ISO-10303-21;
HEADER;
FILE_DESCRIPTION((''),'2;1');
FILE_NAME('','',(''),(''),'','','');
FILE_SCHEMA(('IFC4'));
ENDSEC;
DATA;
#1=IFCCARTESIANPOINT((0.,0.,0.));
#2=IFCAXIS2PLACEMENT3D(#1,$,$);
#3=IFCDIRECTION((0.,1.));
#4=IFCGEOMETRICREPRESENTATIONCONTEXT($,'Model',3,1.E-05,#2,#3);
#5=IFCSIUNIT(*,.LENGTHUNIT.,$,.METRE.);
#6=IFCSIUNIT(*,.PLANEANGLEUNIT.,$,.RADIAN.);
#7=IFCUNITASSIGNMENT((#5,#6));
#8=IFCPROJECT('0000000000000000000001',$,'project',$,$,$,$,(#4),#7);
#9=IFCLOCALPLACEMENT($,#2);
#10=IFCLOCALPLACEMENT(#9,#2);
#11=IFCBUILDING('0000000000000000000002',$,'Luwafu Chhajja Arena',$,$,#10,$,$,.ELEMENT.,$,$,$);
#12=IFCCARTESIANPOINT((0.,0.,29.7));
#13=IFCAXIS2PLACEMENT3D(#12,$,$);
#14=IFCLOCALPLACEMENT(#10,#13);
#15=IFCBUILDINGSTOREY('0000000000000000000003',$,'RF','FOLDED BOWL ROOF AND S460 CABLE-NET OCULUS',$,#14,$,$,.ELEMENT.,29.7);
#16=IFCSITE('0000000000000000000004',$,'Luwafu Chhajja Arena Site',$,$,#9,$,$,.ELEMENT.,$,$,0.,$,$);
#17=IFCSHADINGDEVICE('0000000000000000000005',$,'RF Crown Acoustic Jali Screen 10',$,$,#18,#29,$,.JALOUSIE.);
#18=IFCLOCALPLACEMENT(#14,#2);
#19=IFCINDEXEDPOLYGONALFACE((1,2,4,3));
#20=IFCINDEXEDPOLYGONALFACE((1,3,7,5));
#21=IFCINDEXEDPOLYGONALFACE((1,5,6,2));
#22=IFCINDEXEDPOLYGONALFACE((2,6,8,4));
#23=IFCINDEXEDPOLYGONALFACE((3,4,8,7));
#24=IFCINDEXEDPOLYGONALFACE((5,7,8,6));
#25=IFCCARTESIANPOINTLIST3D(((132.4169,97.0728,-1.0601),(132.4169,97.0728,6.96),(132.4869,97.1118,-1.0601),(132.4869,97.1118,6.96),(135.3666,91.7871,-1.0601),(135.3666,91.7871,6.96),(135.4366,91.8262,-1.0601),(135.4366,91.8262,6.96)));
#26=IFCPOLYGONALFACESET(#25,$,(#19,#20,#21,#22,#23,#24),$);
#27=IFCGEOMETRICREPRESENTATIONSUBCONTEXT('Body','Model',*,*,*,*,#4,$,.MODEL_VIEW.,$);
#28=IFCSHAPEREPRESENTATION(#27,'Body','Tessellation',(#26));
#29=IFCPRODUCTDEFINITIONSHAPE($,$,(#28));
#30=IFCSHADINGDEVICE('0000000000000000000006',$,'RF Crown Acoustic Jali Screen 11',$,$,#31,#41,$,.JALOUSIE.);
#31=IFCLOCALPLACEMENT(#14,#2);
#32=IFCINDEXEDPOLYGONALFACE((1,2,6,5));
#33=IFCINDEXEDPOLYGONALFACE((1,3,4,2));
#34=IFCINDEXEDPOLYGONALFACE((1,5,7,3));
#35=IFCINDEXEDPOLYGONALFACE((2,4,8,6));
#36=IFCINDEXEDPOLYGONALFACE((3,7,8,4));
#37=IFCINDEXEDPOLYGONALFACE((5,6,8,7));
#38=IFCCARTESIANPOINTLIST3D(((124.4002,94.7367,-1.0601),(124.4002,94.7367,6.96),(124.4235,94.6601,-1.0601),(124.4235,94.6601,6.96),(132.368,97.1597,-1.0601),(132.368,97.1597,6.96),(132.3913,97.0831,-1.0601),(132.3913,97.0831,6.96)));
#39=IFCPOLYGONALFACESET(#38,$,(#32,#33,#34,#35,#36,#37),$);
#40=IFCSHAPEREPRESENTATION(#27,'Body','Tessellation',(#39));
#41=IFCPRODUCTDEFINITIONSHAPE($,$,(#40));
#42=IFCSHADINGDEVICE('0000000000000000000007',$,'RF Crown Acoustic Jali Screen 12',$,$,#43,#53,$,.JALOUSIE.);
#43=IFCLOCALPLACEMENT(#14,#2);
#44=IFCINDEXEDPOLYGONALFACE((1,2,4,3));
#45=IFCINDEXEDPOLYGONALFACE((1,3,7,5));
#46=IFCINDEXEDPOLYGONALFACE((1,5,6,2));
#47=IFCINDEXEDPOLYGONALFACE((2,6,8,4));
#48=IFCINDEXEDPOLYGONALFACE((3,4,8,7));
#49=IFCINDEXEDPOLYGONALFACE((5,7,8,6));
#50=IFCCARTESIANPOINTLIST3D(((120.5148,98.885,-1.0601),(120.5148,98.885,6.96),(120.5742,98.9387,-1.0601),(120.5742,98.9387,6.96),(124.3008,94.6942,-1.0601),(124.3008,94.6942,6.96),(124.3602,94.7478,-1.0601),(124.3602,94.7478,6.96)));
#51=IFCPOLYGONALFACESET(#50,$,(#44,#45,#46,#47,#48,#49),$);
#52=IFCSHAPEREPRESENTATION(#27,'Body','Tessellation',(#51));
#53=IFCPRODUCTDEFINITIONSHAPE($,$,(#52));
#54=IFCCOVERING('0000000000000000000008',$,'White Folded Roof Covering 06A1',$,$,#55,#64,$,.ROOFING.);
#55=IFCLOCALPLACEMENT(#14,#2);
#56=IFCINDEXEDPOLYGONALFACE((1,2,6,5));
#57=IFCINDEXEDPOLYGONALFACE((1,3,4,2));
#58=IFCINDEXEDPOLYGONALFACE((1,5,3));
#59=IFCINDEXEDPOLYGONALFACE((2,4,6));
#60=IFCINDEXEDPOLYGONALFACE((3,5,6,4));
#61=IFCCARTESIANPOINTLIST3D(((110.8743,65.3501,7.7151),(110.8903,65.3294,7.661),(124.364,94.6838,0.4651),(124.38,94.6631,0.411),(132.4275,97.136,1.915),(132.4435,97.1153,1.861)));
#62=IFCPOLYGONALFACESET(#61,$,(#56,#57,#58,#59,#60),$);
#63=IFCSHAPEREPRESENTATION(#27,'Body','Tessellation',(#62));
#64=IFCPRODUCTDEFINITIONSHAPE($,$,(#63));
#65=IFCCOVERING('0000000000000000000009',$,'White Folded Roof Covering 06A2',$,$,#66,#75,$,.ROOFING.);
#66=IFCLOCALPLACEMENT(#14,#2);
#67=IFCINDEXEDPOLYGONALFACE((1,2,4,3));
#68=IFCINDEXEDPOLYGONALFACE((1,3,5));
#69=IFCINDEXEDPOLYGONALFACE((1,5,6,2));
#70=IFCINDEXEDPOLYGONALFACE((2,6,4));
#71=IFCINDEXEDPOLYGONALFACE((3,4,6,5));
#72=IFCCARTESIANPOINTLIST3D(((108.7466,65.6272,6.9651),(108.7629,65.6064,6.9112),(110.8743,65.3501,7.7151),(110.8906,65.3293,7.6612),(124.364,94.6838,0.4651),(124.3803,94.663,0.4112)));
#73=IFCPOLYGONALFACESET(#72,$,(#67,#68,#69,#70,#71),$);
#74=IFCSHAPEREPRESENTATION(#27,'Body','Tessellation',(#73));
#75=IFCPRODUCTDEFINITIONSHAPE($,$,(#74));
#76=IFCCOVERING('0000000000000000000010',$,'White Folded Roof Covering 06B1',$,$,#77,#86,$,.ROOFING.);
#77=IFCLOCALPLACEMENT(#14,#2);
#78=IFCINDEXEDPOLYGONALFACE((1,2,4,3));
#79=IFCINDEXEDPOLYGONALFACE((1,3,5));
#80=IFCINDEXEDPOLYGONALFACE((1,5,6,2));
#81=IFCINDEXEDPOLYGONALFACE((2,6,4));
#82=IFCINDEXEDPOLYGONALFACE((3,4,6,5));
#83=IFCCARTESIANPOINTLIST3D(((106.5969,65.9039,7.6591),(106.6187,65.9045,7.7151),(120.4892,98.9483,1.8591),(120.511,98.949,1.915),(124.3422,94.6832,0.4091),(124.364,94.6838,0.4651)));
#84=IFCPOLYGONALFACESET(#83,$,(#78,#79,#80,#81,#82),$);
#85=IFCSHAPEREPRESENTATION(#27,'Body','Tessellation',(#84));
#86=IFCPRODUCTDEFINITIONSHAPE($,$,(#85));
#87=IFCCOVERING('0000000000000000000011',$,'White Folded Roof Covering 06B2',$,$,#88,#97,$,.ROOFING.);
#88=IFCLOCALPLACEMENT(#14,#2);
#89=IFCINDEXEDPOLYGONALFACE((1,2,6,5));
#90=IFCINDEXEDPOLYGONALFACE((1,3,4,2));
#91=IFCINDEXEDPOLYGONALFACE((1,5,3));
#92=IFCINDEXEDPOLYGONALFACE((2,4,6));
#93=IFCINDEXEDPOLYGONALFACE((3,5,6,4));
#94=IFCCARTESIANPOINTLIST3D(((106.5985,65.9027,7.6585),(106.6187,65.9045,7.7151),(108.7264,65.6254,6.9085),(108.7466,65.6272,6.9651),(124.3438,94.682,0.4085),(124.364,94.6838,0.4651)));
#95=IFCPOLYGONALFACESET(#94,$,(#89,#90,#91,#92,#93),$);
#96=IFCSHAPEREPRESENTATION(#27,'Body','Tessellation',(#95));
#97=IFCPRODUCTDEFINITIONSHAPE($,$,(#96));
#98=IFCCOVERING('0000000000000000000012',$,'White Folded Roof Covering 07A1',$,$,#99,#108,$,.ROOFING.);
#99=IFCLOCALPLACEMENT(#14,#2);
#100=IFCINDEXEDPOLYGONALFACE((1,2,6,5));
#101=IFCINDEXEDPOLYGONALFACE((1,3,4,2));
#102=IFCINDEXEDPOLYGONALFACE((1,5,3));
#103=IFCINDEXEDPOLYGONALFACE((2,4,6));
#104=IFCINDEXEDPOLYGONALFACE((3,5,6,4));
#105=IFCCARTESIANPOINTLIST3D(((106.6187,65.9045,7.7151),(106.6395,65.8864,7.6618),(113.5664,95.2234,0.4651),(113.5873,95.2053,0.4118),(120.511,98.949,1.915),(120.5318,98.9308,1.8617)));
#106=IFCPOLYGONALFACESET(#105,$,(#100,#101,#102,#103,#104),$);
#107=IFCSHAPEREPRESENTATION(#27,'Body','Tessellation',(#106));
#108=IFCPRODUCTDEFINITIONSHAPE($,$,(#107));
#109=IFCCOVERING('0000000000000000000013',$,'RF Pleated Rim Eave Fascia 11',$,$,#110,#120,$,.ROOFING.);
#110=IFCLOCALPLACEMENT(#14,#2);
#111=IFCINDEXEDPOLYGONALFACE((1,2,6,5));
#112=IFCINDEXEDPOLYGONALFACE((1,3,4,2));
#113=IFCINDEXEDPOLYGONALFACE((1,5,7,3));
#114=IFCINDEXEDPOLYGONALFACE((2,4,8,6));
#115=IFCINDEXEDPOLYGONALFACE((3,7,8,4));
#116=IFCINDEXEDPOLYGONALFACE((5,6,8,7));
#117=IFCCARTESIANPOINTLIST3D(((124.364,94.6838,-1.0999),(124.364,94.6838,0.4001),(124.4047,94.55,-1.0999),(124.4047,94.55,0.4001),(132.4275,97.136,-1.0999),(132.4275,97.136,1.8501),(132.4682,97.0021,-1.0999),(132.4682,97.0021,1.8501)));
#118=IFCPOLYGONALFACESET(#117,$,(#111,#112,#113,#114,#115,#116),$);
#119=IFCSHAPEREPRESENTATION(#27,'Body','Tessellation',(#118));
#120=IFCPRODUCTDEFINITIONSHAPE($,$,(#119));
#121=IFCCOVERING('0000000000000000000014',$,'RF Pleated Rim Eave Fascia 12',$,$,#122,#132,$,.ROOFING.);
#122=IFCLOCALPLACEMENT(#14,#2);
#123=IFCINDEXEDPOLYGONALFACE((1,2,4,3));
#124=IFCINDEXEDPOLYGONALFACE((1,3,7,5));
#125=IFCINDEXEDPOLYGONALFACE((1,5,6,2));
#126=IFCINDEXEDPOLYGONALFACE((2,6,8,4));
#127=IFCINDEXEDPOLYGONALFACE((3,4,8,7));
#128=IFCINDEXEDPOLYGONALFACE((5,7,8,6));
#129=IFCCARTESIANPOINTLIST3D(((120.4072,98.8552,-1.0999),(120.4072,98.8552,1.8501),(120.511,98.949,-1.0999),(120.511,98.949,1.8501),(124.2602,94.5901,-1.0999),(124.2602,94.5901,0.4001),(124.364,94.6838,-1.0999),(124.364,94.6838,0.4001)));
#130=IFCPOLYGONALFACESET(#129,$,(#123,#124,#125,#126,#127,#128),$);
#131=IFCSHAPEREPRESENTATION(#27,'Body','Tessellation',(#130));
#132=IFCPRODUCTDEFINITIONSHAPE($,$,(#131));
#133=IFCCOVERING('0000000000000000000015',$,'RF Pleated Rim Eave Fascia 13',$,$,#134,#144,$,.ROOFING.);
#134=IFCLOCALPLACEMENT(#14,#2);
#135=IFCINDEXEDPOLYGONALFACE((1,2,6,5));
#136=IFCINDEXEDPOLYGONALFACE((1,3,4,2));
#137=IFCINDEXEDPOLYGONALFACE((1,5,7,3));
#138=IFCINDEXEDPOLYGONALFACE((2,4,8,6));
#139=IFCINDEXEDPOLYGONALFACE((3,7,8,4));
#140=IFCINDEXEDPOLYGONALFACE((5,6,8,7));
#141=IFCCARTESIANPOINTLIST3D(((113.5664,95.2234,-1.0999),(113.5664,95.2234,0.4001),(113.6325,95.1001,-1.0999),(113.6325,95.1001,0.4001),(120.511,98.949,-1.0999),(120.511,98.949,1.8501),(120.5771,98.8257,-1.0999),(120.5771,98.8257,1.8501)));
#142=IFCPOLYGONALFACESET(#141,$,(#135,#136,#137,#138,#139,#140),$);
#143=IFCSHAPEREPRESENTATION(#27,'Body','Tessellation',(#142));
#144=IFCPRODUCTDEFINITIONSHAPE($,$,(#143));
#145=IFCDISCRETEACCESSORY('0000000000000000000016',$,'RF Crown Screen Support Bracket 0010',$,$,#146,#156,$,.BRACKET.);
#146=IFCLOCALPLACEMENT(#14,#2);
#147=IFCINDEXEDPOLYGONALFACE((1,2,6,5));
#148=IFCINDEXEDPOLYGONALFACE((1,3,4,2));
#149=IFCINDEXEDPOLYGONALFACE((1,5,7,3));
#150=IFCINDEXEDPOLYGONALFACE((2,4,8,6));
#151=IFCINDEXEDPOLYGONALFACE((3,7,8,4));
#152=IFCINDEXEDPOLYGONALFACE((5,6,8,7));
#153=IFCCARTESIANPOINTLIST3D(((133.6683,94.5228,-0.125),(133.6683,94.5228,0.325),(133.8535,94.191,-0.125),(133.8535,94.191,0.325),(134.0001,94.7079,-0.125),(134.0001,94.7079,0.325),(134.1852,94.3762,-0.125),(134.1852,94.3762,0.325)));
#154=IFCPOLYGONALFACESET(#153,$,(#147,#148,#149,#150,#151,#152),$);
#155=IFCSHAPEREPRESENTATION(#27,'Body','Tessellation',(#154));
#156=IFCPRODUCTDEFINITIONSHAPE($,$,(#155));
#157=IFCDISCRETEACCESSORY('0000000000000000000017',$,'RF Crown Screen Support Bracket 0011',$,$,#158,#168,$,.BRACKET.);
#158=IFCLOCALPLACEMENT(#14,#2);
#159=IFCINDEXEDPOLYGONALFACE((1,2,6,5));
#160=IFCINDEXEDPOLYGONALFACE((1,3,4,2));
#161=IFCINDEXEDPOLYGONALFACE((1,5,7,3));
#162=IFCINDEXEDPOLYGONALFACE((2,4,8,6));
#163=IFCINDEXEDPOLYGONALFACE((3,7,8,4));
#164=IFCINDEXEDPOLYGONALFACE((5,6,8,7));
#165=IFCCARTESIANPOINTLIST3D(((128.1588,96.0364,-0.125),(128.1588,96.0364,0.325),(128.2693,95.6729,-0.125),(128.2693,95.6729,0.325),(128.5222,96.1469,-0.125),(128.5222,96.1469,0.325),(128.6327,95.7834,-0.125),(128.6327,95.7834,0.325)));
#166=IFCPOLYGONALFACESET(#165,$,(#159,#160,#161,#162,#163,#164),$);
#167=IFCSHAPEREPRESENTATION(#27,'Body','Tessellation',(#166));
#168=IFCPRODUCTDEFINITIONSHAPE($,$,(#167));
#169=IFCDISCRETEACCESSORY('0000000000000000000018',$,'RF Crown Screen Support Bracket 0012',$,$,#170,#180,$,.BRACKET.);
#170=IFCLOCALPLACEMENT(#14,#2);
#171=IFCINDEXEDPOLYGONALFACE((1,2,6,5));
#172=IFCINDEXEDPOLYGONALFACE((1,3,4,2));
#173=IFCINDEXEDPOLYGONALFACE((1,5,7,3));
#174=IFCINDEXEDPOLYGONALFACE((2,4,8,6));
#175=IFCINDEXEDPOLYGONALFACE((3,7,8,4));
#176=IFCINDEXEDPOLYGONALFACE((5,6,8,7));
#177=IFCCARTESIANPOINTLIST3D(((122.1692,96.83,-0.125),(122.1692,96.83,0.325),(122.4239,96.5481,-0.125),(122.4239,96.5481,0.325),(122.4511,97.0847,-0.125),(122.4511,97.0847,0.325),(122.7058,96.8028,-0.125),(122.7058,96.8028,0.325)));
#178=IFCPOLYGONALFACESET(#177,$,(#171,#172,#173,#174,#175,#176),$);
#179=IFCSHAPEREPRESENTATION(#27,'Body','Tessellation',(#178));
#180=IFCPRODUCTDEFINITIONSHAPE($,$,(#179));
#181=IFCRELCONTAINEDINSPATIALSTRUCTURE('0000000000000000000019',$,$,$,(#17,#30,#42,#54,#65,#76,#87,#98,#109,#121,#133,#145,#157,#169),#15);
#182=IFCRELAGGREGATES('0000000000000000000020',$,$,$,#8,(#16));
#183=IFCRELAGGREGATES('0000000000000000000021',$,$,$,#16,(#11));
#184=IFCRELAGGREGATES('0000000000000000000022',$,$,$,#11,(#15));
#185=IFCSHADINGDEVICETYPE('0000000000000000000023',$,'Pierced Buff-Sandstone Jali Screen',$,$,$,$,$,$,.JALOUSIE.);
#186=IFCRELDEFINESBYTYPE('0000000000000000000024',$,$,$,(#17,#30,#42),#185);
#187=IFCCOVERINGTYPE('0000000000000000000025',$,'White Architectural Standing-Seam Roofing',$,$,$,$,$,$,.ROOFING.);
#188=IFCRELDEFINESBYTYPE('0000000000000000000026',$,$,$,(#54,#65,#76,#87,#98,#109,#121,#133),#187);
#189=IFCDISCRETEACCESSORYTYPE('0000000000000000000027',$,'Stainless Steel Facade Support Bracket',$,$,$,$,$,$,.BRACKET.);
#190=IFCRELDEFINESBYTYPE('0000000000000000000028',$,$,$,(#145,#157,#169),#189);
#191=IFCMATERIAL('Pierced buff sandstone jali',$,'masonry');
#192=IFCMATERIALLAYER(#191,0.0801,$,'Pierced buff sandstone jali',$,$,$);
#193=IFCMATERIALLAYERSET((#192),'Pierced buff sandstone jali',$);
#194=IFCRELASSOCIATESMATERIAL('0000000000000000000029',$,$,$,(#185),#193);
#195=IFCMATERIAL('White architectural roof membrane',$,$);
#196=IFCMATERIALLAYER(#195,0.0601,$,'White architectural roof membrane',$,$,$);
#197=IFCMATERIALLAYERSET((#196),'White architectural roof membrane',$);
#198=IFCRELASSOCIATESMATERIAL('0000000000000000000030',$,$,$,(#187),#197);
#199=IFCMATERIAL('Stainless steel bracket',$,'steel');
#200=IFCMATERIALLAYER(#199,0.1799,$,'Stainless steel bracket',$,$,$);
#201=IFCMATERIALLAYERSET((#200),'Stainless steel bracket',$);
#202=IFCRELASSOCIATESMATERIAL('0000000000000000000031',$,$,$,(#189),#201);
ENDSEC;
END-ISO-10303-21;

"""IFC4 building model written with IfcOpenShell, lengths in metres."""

from ifc_helpers import new_model, si_unit, direction, frame, origin, origin_2d, place, context, subcontext, project, spatial, polyline, rectangle, outline, extrude, material, layer, layer_set, type_object, element, save


model = new_model("IFC4")

# Units and contexts
model_context = context("Model", 3, precision=1e-05, world=origin(), true_north=direction((0.0, 1.0)))
body_context = subcontext(model_context, "Body", "Model", "MODEL_VIEW")
ifc_project = project(units=[si_unit("LENGTHUNIT", "METRE"), si_unit("PLANEANGLEUNIT", "RADIAN")], contexts=[model_context])

# Site, building, storey
site_placement = place(None, origin())
site = spatial("IfcSite", under=ifc_project, at=site_placement, Name="Luwafu Chhajja Arena Site", CompositionType="ELEMENT", RefElevation=0.0)
building_placement = place(site_placement, origin())
building = spatial("IfcBuilding", under=site, at=building_placement, Name="Luwafu Chhajja Arena", CompositionType="ELEMENT")
storey_placement = place(building_placement, frame((0.0, 0.0, 29.7)))
storey = spatial("IfcBuildingStorey", under=building, at=storey_placement, Name="RF", Description="FOLDED BOWL ROOF AND S460 CABLE-NET OCULUS", CompositionType="ELEMENT", Elevation=29.7)

# Shading devices
ifc_material_1 = material(Name="Pierced buff sandstone jali", Category="masonry")
ifc_layer_1 = layer(ifc_material_1, 0.0801, Name="Pierced buff sandstone jali")
ifc_layer_set_1 = layer_set([ifc_layer_1], Name="Pierced buff sandstone jali")
shading_device_type = type_object("IfcShadingDeviceType", Name="Pierced Buff-Sandstone Jali Screen", PredefinedType="JALOUSIE", material=ifc_layer_set_1)
shading_device_1_placement = place(storey_placement, frame((133.9268, 94.4495, -1.0601), z_axis=(0.0, 0.0, 1.0), x_axis=(-0.487313, 0.873227, 0.0)))
element("IfcShadingDevice", 1, at=shading_device_1_placement, inside=storey, type_object=shading_device_type, Name="RF Crown Acoustic Jali Screen 10", PredefinedType="JALOUSIE", context=body_context, shape_type="SweptSolid", body=[
    extrude(rectangle(XDim=6.053, YDim=0.0801, at=origin_2d()), origin(), (0.0, 0.0, 1.0), 8.02),
])
shading_device_2_placement = place(storey_placement, frame((128.3958, 95.9099, -1.0601), z_axis=(0.0, 0.0, 1.0), x_axis=(-0.95674, -0.290943, 0.0)))
element("IfcShadingDevice", 2, at=shading_device_2_placement, inside=storey, type_object=shading_device_type, Name="RF Crown Acoustic Jali Screen 11", PredefinedType="JALOUSIE", context=body_context, shape_type="SweptSolid", body=[
    extrude(rectangle(XDim=8.3281, YDim=0.0801, at=origin_2d()), origin(), (0.0, 0.0, 1.0), 8.02),
])
shading_device_3_placement = place(storey_placement, frame((122.4375, 96.8164, -1.0601), z_axis=(0.0, 0.0, 1.0), x_axis=(-0.670358, 0.742038, 0.0)))
element("IfcShadingDevice", 3, at=shading_device_3_placement, inside=storey, type_object=shading_device_type, Name="RF Crown Acoustic Jali Screen 12", PredefinedType="JALOUSIE", context=body_context, shape_type="SweptSolid", body=[
    extrude(rectangle(XDim=5.6477, YDim=0.0801, at=origin_2d()), origin(), (0.0, 0.0, 1.0), 8.02),
])

# Coverings
ifc_material_2 = material(Name="White architectural roof membrane")
ifc_layer_2 = layer(ifc_material_2, 0.0601, Name="White architectural roof membrane")
ifc_layer_set_2 = layer_set([ifc_layer_2], Name="White architectural roof membrane")
covering_type = type_object("IfcCoveringType", Name="White Architectural Standing-Seam Roofing", PredefinedType="ROOFING", material=ifc_layer_set_2)
covering_1_placement = place(storey_placement, frame((132.4275, 97.136, 1.915), z_axis=(-0.266752, 0.345079, 0.899869), x_axis=(-0.942887, -0.286737, -0.169547)))
element("IfcCovering", 4, at=covering_1_placement, inside=storey, type_object=covering_type, Name="White Folded Roof Covering 06A1", PredefinedType="ROOFING", context=body_context, shape_type="SweptSolid", body=[
    extrude(outline(polyline([(0.0, 0.0), (8.5519, 0.0), (28.4531, 26.4376), (0.0, 0.0)])), origin(), (0.0, 0.0, -1.0), 0.0601),
])
covering_2_placement = place(storey_placement, frame((124.364, 94.6838, 0.4651), z_axis=(-0.271344, 0.346697, 0.897872), x_axis=(-0.4645, -0.864214, 0.193325)))
element("IfcCovering", 5, at=covering_2_placement, inside=storey, type_object=covering_type, Name="White Folded Roof Covering 06A2", PredefinedType="ROOFING", context=body_context, shape_type="SweptSolid", body=[
    extrude(outline(polyline([(0.0, 0.0), (33.6221, 0.0), (33.0182, 2.1913), (0.0, 0.0)])), origin(), (0.0, 0.0, -1.0), 0.0601),
])
covering_3_placement = place(storey_placement, frame((124.364, 94.6838, 0.4651), z_axis=(0.362833, 0.01101, 0.931789), x_axis=(-0.649986, 0.719507, 0.244599)))
element("IfcCovering", 6, at=covering_3_placement, inside=storey, type_object=covering_type, Name="White Folded Roof Covering 06B1", PredefinedType="ROOFING", context=body_context, shape_type="SweptSolid", body=[
    extrude(outline(polyline([(0.0, 0.0), (5.9279, 0.0), (-7.3993, 33.7781), (0.0, 0.0)])), origin(), (0.0, 0.0, -1.0), 0.0601),
])
covering_4_placement = place(storey_placement, frame((124.364, 94.6838, 0.4651), z_axis=(0.335754, 0.030145, 0.941467), x_axis=(-0.513183, -0.832276, 0.209665)))
element("IfcCovering", 7, at=covering_4_placement, inside=storey, type_object=covering_type, Name="White Folded Roof Covering 06B2", PredefinedType="ROOFING", context=body_context, shape_type="SweptSolid", body=[
    extrude(outline(polyline([(0.0, 0.0), (34.579, 0.0), (33.5606, 2.0323), (0.0, 0.0)])), origin(), (0.0, 0.0, -1.0), 0.0601),
])
covering_5_placement = place(storey_placement, frame((120.511, 98.949, 1.915), z_axis=(-0.347306, 0.301849, 0.887843), x_axis=(-0.866655, -0.464938, -0.180948)))
element("IfcCovering", 8, at=covering_5_placement, inside=storey, type_object=covering_type, Name="White Folded Roof Covering 07A1", PredefinedType="ROOFING", context=body_context, shape_type="SweptSolid", body=[
    extrude(outline(polyline([(0.0, 0.0), (8.0131, 0.0), (26.354, 24.9808), (0.0, 0.0)])), origin(), (0.0, 0.0, -1.0), 0.0601),
])
covering_6_placement = place(storey_placement, frame((132.4275, 97.136, -1.0999), z_axis=(-0.29095, 0.956738, 0.0), x_axis=(-0.956738, -0.29095, 0.0)))
element("IfcCovering", 9, at=covering_6_placement, inside=storey, type_object=covering_type, Name="RF Pleated Rim Eave Fascia 11", PredefinedType="ROOFING", context=body_context, shape_type="SweptSolid", body=[
    extrude(outline(polyline([(0.0, 0.0), (8.4281, 0.0), (8.4281, 1.5), (0.0, 2.95), (0.0, 0.0)])), origin(), (0.0, 0.0, -1.0), 0.1399),
])
covering_7_placement = place(storey_placement, frame((124.364, 94.6838, -1.0999), z_axis=(0.742047, 0.670348, 0.0), x_axis=(-0.670348, 0.742047, 0.0)))
element("IfcCovering", 10, at=covering_7_placement, inside=storey, type_object=covering_type, Name="RF Pleated Rim Eave Fascia 12", PredefinedType="ROOFING", context=body_context, shape_type="SweptSolid", body=[
    extrude(outline(polyline([(0.0, 0.0), (5.7478, 0.0), (5.7478, 2.95), (0.0, 1.5), (0.0, 0.0)])), origin(), (0.0, 0.0, -1.0), 0.1399),
])
covering_8_placement = place(storey_placement, frame((120.511, 98.949, -1.0999), z_axis=(-0.472741, 0.881201, 0.0), x_axis=(-0.881201, -0.472741, 0.0)))
element("IfcCovering", 11, at=covering_8_placement, inside=storey, type_object=covering_type, Name="RF Pleated Rim Eave Fascia 13", PredefinedType="ROOFING", context=body_context, shape_type="SweptSolid", body=[
    extrude(outline(polyline([(0.0, 0.0), (7.8808, 0.0), (7.8808, 1.5), (0.0, 2.95), (0.0, 0.0)])), origin(), (0.0, 0.0, -1.0), 0.1399),
])

# Discrete accessories
ifc_material_3 = material(Name="Stainless steel bracket", Category="steel")
ifc_layer_3 = layer(ifc_material_3, 0.1799, Name="Stainless steel bracket")
ifc_layer_set_3 = layer_set([ifc_layer_3], Name="Stainless steel bracket")
discrete_accessory_type = type_object("IfcDiscreteAccessoryType", Name="Stainless Steel Facade Support Bracket", PredefinedType="BRACKET", material=ifc_layer_set_3)
for number, where, z_axis, x_axis, name in (
    (12, (133.9268, 94.4495, -0.125), (0.0, 0.0, 1.0), (-0.487313, 0.873227, 0.0), "RF Crown Screen Support Bracket 0010"),
    (13, (128.3958, 95.9099, -0.125), (0.0, 0.0, 1.0), (-0.95674, -0.290943, 0.0), "RF Crown Screen Support Bracket 0011"),
    (14, (122.4375, 96.8164, -0.125), (0.0, 0.0, 1.0), (-0.670358, 0.742038, 0.0), "RF Crown Screen Support Bracket 0012"),
):
    element("IfcDiscreteAccessory", number, at=place(storey_placement, frame(where, z_axis=z_axis, x_axis=x_axis)), inside=storey, type_object=discrete_accessory_type, Name=name, PredefinedType="BRACKET", context=body_context, shape_type="SweptSolid", body=[
        extrude(rectangle(XDim=0.3799, YDim=0.3799, at=origin_2d()), origin(), (0.0, 0.0, 1.0), 0.45),
    ])

save(model, "model.ifc")
